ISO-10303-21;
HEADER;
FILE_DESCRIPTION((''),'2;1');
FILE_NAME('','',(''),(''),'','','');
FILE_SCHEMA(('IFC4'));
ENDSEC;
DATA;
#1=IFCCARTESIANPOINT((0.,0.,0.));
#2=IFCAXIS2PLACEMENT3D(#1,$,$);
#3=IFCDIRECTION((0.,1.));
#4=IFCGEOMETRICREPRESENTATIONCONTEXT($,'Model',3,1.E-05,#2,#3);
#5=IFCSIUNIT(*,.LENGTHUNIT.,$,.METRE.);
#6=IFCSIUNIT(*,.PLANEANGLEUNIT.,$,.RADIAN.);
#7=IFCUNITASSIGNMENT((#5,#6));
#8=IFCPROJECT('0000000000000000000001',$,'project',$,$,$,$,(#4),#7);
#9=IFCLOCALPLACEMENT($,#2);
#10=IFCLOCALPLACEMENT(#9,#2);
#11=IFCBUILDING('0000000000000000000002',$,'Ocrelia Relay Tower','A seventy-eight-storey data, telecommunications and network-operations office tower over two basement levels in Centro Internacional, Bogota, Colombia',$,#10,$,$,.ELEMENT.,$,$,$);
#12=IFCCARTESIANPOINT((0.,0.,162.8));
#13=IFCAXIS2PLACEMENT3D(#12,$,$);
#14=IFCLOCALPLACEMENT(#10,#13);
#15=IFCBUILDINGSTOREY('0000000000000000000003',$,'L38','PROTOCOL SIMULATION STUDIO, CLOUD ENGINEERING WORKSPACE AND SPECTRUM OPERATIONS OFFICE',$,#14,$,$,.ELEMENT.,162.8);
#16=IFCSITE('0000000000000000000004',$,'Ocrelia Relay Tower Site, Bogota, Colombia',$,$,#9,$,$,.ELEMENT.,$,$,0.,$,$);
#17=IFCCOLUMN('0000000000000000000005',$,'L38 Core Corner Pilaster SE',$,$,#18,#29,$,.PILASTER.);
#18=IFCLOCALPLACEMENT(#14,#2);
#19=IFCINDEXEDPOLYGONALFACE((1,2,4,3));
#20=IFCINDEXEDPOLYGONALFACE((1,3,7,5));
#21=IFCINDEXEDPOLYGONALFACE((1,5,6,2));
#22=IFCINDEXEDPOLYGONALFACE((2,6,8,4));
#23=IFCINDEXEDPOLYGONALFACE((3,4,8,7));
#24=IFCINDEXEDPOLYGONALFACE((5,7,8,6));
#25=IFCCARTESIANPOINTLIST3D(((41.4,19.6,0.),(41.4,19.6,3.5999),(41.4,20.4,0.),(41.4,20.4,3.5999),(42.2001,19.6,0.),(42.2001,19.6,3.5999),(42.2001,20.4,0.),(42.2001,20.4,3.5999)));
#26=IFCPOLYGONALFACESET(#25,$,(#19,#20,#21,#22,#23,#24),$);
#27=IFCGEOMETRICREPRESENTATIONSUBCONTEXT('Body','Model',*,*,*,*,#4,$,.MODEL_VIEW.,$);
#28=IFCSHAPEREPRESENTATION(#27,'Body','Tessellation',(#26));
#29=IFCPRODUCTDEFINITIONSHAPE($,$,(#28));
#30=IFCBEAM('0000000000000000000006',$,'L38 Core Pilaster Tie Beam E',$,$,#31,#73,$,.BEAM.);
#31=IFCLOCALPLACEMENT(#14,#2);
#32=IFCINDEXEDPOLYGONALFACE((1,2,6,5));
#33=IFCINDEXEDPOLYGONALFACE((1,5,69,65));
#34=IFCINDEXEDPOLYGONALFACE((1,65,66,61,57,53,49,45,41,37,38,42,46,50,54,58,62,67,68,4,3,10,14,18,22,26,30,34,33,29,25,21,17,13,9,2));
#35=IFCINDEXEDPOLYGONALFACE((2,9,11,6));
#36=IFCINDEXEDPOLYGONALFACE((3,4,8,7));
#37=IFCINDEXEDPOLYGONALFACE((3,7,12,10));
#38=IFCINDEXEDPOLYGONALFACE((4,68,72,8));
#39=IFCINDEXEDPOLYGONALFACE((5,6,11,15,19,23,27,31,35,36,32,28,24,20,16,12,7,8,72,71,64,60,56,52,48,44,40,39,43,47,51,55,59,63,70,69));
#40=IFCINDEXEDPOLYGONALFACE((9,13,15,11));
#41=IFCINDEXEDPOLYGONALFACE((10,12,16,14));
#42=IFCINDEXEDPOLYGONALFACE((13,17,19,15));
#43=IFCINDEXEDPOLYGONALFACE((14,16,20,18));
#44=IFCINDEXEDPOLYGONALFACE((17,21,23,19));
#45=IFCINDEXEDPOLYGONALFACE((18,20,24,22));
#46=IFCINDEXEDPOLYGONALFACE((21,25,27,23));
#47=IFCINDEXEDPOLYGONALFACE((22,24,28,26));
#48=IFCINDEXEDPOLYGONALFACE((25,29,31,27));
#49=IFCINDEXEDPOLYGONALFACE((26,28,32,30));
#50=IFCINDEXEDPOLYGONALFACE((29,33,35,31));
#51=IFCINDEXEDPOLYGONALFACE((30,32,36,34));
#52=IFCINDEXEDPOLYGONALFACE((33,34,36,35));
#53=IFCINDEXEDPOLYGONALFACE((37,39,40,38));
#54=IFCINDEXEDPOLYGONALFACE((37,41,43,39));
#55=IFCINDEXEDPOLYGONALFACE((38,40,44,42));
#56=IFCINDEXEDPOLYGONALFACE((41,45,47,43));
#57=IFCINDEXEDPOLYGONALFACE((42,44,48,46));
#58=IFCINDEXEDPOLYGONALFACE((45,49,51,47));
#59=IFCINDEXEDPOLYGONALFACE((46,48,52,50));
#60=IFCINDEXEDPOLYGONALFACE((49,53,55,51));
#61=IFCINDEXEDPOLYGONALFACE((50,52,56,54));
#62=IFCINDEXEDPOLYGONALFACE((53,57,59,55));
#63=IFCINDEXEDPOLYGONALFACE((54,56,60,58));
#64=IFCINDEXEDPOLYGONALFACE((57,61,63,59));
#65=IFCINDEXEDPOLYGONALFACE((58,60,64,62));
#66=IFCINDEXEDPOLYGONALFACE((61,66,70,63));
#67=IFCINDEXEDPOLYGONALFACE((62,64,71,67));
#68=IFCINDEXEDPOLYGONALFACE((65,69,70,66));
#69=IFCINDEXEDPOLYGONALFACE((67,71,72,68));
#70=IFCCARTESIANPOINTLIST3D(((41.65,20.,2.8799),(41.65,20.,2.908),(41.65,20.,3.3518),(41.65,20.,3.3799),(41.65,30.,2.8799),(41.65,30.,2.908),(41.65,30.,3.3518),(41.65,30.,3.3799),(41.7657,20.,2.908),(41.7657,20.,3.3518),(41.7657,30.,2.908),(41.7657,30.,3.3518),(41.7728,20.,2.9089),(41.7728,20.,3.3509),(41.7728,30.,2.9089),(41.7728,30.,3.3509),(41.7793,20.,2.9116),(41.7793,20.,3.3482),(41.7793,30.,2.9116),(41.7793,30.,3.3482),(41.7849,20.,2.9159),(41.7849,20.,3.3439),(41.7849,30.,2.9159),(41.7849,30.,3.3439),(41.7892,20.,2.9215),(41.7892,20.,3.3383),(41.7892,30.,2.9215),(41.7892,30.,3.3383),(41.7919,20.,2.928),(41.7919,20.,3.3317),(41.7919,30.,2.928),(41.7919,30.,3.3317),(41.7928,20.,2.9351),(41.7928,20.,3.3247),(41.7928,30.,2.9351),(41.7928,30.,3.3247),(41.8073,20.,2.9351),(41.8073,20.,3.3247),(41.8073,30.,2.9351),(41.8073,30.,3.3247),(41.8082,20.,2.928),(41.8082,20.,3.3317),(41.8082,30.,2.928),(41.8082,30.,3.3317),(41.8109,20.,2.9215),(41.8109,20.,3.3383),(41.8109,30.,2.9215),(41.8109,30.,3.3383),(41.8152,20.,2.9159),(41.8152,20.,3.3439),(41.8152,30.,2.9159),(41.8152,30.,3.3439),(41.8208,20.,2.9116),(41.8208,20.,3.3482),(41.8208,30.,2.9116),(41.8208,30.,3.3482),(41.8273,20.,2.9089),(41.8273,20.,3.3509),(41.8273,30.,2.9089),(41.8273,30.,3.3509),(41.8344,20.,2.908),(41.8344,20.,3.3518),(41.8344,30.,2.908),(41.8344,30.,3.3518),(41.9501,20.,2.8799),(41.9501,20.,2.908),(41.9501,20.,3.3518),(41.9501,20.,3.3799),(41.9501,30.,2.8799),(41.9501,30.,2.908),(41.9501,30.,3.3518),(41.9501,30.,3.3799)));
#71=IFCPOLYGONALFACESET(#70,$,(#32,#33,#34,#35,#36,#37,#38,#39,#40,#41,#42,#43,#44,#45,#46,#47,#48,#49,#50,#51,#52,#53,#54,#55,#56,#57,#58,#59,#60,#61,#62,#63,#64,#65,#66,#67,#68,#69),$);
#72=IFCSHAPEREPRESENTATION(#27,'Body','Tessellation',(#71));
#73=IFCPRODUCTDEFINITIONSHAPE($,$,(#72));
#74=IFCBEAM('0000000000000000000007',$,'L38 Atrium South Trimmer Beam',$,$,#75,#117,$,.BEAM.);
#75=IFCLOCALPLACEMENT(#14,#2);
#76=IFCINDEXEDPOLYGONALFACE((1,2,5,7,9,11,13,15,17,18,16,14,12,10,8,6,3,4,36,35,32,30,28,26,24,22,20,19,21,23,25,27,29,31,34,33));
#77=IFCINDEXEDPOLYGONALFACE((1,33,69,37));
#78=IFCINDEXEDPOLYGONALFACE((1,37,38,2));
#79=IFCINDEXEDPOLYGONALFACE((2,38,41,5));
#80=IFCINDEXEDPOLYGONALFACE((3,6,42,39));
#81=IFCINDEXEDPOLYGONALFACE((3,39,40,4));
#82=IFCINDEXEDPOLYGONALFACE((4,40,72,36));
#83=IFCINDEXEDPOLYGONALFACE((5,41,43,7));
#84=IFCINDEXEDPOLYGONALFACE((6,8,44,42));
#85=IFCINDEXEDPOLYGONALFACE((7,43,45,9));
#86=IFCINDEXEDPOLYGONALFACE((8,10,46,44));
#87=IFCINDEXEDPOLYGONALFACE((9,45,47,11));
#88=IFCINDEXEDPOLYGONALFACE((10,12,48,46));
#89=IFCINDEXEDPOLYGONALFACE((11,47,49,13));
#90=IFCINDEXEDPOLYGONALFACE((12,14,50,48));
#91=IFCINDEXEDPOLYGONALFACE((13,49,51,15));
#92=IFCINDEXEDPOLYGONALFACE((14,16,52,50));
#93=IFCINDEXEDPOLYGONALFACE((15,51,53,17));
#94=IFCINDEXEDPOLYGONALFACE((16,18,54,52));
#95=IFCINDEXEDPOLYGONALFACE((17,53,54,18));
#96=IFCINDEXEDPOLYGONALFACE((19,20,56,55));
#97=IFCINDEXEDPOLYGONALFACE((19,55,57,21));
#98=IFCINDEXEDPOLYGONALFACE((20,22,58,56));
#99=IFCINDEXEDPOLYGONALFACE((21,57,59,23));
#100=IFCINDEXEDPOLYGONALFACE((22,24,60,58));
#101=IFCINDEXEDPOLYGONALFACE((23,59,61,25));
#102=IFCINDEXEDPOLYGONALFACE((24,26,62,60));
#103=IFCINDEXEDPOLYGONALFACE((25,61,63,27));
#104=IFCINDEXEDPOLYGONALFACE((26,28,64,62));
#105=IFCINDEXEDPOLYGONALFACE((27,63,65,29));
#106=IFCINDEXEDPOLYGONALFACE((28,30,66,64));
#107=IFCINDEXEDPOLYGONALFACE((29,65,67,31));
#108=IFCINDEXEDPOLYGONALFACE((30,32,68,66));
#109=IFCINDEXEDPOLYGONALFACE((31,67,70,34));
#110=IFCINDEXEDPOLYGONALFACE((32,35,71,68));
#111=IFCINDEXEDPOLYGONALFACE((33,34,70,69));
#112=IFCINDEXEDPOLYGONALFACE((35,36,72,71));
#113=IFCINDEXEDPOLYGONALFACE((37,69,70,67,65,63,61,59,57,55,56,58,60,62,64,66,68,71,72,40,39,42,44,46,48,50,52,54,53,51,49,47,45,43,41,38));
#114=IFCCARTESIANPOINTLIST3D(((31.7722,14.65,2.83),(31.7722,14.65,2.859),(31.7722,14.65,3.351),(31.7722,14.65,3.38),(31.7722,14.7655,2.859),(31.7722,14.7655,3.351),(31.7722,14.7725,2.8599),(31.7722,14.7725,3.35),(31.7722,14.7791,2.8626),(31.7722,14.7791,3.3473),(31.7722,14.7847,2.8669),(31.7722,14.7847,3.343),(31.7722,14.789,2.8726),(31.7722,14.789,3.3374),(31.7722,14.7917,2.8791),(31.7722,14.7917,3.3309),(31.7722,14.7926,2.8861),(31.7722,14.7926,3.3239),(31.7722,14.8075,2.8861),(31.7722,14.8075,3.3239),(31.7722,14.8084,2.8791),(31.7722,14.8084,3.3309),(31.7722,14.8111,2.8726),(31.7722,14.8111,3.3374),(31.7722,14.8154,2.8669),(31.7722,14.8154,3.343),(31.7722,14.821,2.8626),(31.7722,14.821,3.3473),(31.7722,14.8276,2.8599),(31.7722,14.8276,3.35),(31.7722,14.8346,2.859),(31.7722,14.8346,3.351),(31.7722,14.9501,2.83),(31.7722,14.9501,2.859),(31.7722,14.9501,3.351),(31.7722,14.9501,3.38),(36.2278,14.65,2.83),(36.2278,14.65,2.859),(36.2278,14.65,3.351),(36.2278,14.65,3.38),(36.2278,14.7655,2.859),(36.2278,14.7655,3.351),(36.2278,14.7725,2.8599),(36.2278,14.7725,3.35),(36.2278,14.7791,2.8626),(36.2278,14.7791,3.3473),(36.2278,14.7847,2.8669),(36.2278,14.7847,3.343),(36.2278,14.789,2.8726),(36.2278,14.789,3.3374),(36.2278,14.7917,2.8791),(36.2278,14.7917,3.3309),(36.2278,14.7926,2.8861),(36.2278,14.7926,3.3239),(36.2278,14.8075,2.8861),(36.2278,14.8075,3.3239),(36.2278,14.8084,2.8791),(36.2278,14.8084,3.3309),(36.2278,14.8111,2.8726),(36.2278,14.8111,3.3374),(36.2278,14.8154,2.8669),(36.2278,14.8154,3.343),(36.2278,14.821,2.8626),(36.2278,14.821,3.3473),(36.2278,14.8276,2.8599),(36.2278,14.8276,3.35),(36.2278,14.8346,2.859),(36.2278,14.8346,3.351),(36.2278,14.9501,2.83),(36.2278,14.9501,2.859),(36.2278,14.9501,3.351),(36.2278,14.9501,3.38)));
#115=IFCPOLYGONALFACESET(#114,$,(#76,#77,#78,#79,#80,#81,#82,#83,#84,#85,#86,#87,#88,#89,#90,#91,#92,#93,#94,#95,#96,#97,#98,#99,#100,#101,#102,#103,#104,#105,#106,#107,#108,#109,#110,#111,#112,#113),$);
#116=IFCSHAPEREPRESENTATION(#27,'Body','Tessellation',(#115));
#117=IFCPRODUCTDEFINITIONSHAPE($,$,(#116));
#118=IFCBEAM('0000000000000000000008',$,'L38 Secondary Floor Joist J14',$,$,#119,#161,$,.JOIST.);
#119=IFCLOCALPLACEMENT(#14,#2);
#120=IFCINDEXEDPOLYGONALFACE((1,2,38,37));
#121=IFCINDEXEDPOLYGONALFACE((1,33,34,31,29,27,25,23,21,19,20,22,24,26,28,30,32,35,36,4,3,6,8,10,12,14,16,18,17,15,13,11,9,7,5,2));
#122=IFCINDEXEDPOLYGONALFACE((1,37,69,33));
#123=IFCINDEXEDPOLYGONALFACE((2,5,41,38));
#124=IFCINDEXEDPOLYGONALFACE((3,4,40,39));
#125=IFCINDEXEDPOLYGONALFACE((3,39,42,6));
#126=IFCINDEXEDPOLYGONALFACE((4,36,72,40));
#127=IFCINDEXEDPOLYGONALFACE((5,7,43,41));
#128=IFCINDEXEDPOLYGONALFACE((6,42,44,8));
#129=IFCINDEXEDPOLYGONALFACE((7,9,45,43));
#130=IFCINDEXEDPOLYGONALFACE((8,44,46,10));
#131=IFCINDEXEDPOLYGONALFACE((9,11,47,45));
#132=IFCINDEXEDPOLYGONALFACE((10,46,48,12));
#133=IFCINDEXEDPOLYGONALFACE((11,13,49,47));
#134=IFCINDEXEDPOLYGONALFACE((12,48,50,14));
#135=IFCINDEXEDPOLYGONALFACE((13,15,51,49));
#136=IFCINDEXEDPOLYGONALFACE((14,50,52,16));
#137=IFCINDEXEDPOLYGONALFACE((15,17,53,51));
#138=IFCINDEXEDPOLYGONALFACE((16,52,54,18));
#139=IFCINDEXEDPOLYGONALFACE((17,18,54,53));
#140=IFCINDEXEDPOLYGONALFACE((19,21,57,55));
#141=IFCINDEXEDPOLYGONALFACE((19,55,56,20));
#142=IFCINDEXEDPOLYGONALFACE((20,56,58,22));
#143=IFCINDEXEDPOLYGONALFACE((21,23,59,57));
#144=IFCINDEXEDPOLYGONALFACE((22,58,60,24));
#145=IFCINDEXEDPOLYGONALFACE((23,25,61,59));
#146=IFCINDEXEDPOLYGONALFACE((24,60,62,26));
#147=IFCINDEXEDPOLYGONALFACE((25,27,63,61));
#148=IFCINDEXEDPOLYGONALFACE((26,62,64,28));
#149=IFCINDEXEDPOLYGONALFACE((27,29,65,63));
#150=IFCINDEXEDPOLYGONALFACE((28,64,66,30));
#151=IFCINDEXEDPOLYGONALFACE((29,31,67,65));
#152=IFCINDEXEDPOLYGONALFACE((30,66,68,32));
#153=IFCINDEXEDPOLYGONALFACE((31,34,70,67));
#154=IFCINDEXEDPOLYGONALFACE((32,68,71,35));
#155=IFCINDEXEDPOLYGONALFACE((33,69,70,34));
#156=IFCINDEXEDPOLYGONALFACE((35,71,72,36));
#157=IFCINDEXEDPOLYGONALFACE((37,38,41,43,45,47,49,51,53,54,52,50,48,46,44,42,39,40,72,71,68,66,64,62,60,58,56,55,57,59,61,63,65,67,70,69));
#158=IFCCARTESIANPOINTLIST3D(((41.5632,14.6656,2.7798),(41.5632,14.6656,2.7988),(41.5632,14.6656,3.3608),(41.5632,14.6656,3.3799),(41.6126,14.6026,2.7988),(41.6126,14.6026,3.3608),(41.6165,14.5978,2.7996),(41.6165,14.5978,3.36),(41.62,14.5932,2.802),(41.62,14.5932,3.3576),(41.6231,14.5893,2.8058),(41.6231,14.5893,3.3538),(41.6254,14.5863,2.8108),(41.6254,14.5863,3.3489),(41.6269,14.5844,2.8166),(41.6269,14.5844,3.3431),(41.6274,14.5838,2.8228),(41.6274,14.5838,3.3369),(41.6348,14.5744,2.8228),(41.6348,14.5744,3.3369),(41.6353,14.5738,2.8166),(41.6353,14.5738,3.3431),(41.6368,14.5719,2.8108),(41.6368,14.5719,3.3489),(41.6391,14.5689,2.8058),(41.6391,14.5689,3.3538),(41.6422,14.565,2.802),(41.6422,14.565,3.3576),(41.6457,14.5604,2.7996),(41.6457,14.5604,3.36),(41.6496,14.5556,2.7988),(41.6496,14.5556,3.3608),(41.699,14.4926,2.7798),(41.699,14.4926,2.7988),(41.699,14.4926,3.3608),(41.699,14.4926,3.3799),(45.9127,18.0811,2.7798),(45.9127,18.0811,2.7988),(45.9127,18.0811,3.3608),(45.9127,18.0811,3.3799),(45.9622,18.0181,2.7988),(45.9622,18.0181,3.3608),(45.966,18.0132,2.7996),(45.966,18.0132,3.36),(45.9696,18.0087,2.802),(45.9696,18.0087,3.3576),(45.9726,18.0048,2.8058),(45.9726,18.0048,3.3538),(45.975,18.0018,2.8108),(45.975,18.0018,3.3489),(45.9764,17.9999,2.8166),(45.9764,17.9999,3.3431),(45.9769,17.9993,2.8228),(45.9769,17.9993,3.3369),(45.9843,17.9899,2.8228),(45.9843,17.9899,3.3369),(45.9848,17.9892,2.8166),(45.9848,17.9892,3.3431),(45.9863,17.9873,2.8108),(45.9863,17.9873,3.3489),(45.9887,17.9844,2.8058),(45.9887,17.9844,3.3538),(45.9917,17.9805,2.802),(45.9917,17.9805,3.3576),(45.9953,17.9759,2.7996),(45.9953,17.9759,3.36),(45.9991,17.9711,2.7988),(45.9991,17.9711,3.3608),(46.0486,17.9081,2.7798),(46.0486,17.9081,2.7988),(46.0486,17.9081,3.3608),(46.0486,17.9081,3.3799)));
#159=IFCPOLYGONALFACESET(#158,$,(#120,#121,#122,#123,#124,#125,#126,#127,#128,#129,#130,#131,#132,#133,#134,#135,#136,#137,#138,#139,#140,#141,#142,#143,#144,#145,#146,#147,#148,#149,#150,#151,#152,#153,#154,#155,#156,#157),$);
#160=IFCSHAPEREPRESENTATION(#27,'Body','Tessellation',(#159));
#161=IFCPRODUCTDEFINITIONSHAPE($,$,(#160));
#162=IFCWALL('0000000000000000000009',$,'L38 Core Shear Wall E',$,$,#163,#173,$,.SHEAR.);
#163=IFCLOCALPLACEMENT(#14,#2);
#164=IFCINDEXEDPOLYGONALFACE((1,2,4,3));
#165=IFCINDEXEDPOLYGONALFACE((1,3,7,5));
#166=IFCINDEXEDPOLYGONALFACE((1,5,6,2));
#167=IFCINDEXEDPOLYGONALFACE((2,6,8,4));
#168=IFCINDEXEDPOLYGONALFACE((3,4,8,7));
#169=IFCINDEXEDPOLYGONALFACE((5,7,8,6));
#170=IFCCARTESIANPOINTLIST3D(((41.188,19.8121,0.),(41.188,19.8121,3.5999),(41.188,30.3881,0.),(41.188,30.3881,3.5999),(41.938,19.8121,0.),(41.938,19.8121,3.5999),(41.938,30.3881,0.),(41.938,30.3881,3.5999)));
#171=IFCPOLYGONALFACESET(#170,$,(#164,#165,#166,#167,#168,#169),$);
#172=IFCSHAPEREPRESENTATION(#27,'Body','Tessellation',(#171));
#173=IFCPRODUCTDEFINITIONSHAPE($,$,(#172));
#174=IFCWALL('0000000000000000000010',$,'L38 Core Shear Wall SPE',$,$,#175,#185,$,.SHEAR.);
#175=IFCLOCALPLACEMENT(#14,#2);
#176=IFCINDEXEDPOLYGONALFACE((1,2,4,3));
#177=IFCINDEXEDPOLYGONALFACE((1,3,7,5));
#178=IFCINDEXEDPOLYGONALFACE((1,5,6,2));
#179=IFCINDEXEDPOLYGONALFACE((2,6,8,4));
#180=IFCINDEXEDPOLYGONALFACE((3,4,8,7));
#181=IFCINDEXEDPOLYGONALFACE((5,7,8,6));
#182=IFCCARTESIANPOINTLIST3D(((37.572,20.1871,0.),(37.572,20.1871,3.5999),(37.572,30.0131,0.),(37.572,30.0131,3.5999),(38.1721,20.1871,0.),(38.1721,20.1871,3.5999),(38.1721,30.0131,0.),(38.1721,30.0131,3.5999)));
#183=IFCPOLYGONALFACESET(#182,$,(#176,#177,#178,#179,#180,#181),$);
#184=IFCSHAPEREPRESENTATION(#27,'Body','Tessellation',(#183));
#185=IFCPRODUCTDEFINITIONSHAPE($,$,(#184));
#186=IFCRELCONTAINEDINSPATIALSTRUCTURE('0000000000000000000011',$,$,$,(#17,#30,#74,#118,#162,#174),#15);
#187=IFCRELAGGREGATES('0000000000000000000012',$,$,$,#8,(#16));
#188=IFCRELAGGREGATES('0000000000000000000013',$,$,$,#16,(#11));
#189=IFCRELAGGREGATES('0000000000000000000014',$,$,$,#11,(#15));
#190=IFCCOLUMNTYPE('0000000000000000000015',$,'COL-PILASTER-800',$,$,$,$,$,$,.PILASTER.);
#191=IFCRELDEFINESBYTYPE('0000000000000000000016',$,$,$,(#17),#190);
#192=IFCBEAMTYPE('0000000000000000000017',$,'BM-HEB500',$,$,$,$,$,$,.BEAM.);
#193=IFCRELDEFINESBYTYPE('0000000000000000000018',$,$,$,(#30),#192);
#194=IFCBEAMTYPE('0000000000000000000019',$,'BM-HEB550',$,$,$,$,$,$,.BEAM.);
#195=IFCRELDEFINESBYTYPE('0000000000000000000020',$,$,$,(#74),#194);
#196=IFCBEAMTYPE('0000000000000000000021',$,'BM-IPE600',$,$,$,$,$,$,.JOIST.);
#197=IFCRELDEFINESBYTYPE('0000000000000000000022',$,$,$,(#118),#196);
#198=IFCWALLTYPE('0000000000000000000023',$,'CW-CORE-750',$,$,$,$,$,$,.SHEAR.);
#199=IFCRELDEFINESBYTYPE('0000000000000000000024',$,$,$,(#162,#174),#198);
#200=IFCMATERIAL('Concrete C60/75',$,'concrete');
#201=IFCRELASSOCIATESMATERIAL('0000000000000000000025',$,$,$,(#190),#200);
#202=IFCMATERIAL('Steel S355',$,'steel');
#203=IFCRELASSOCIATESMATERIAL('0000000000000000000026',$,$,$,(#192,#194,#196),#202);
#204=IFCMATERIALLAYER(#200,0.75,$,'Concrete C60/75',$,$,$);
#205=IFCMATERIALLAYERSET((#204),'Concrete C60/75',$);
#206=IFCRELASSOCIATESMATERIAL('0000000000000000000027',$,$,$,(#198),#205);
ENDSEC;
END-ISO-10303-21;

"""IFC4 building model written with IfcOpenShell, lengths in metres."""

from ifc_helpers import new_model, si_unit, direction, frame, frame_2d, origin, origin_2d, place, context, subcontext, project, spatial, rectangle, i_section, extrude, material, layer, layer_set, material_profile, profile_set, type_object, element, save


model = new_model("IFC4")

# Units and contexts
model_context = context("Model", 3, precision=1e-05, world=origin(), true_north=direction((0.0, 1.0)))
body_context = subcontext(model_context, "Body", "Model", "MODEL_VIEW")
ifc_project = project(units=[si_unit("LENGTHUNIT", "METRE"), si_unit("PLANEANGLEUNIT", "RADIAN")], contexts=[model_context])

# Site, building, storey
site_placement = place(None, origin())
site = spatial("IfcSite", under=ifc_project, at=site_placement, Name="Ocrelia Relay Tower Site, Bogota, Colombia", CompositionType="ELEMENT", RefElevation=0.0)
building_placement = place(site_placement, origin())
building = spatial("IfcBuilding", under=site, at=building_placement, Name="Ocrelia Relay Tower", Description="A seventy-eight-storey data, telecommunications and network-operations office tower over two basement levels in Centro Internacional, Bogota, Colombia", CompositionType="ELEMENT")
storey_placement = place(building_placement, frame((0.0, 0.0, 162.8)))
storey = spatial("IfcBuildingStorey", under=building, at=storey_placement, Name="L38", Description="PROTOCOL SIMULATION STUDIO, CLOUD ENGINEERING WORKSPACE AND SPECTRUM OPERATIONS OFFICE", CompositionType="ELEMENT", Elevation=162.8)

# Column
ifc_material_1 = material(Name="Concrete C60/75", Category="concrete")
ifc_material_profile_1 = material_profile(ifc_material_1, rectangle(XDim=0.8, YDim=0.8, at=origin_2d()), Name="RC-COL-800x800")
ifc_profile_set_1 = profile_set([ifc_material_profile_1], Name="Concrete C60/75")
column_type = type_object("IfcColumnType", Name="COL-PILASTER-800", PredefinedType="PILASTER", material=ifc_profile_set_1)
column_placement = place(storey_placement, frame((41.8, 20.0, 0.0), z_axis=(0.0, 0.0, 1.0), x_axis=(1.0, 0.0, 0.0)))
element("IfcColumn", 1, at=column_placement, inside=storey, type_object=column_type, Name="L38 Core Corner Pilaster SE", PredefinedType="PILASTER", context=body_context, shape_type="SweptSolid", body=[
    extrude(rectangle(XDim=0.8, YDim=0.8, at=origin_2d()), origin(), (0.0, 0.0, 1.0), 3.5999),
])

# Beams
ifc_material_2 = material(Name="Steel S355", Category="steel")
ifc_material_profile_2 = material_profile(ifc_material_2, i_section(OverallWidth=0.3, OverallDepth=0.5, WebThickness=0.0144, FlangeThickness=0.0281, FilletRadius=0.0271, at=origin_2d()), Name="HEB 500")
ifc_profile_set_2 = profile_set([ifc_material_profile_2], Name="Steel S355")
beam_type_1 = type_object("IfcBeamType", Name="BM-HEB500", PredefinedType="BEAM", material=ifc_profile_set_2)
beam_1_placement = place(storey_placement, frame((41.8, 20.0, 3.1299), z_axis=(0.0, 1.0, 0.0), x_axis=(-1.0, 0.0, 0.0)))
element("IfcBeam", 2, at=beam_1_placement, inside=storey, type_object=beam_type_1, Name="L38 Core Pilaster Tie Beam E", PredefinedType="BEAM", context=body_context, shape_type="SweptSolid", body=[
    extrude(i_section(OverallWidth=0.3, OverallDepth=0.5, WebThickness=0.0144, FlangeThickness=0.0281, FilletRadius=0.0271, at=origin_2d()), origin(), (0.0, 0.0, 1.0), 10.0),
])
ifc_material_profile_3 = material_profile(ifc_material_2, i_section(OverallWidth=0.3, OverallDepth=0.55, WebThickness=0.0149, FlangeThickness=0.0291, FilletRadius=0.0271, at=origin_2d()), Name="HEB 550")
ifc_profile_set_3 = profile_set([ifc_material_profile_3], Name="Steel S355")
beam_type_2 = type_object("IfcBeamType", Name="BM-HEB550", PredefinedType="BEAM", material=ifc_profile_set_3)
beam_2_placement = place(storey_placement, frame((31.7722, 14.8, 3.105), z_axis=(1.0, 0.0, 0.0), x_axis=(0.0, 1.0, 0.0)))
element("IfcBeam", 3, at=beam_2_placement, inside=storey, type_object=beam_type_2, Name="L38 Atrium South Trimmer Beam", PredefinedType="BEAM", context=body_context, shape_type="SweptSolid", body=[
    extrude(i_section(OverallWidth=0.3, OverallDepth=0.55, WebThickness=0.0149, FlangeThickness=0.0291, FilletRadius=0.0271, at=origin_2d()), origin(), (0.0, 0.0, 1.0), 4.4556),
])
ifc_material_profile_4 = material_profile(ifc_material_2, i_section(OverallWidth=0.22, OverallDepth=0.6001, WebThickness=0.012, FlangeThickness=0.019, FilletRadius=0.0239, at=origin_2d()), Name="IPE 600")
ifc_profile_set_4 = profile_set([ifc_material_profile_4], Name="Steel S355")
beam_type_3 = type_object("IfcBeamType", Name="BM-IPE600", PredefinedType="JOIST", material=ifc_profile_set_4)
beam_3_placement = place(storey_placement, frame((41.6311, 14.5791, 3.0798), z_axis=(0.786496, 0.617595, 0.0), x_axis=(-0.617595, 0.786496, 0.0)))
element("IfcBeam", 4, at=beam_3_placement, inside=storey, type_object=beam_type_3, Name="L38 Secondary Floor Joist J14", PredefinedType="JOIST", context=body_context, shape_type="SweptSolid", body=[
    extrude(i_section(OverallWidth=0.22, OverallDepth=0.6001, WebThickness=0.012, FlangeThickness=0.019, FilletRadius=0.0239, at=origin_2d()), origin(), (0.0, 0.0, 1.0), 5.5303),
])

# Walls
ifc_layer_1 = layer(ifc_material_1, 0.75, Name="Concrete C60/75")
ifc_layer_set_1 = layer_set([ifc_layer_1], Name="Concrete C60/75")
wall_type_1 = type_object("IfcWallType", Name="CW-CORE-750", PredefinedType="SHEAR", material=ifc_layer_set_1)
wall_1_placement = place(storey_placement, frame((41.563, 19.812, 0.0), z_axis=(0.0, 0.0, 1.0), x_axis=(0.0, 1.0, 0.0)))
element("IfcWall", 5, at=wall_1_placement, inside=storey, type_object=wall_type_1, Name="L38 Core Shear Wall E", PredefinedType="SHEAR", context=body_context, shape_type="SweptSolid", body=[
    extrude(rectangle(XDim=10.5759, YDim=0.75, at=frame_2d((5.2881, 0.0))), origin(), (0.0, 0.0, 1.0), 3.5999),
])
wall_2_placement = place(storey_placement, frame((37.8721, 20.187, 0.0), z_axis=(0.0, 0.0, 1.0), x_axis=(0.0, 1.0, 0.0)))
element("IfcWall", 6, at=wall_2_placement, inside=storey, type_object=wall_type_1, Name="L38 Core Shear Wall SPE", PredefinedType="SHEAR", context=body_context, shape_type="SweptSolid", body=[
    extrude(rectangle(XDim=9.8259, YDim=0.6001, at=frame_2d((4.9131, 0.0))), origin(), (0.0, 0.0, 1.0), 3.5999),
])

save(model, "model.ifc")
